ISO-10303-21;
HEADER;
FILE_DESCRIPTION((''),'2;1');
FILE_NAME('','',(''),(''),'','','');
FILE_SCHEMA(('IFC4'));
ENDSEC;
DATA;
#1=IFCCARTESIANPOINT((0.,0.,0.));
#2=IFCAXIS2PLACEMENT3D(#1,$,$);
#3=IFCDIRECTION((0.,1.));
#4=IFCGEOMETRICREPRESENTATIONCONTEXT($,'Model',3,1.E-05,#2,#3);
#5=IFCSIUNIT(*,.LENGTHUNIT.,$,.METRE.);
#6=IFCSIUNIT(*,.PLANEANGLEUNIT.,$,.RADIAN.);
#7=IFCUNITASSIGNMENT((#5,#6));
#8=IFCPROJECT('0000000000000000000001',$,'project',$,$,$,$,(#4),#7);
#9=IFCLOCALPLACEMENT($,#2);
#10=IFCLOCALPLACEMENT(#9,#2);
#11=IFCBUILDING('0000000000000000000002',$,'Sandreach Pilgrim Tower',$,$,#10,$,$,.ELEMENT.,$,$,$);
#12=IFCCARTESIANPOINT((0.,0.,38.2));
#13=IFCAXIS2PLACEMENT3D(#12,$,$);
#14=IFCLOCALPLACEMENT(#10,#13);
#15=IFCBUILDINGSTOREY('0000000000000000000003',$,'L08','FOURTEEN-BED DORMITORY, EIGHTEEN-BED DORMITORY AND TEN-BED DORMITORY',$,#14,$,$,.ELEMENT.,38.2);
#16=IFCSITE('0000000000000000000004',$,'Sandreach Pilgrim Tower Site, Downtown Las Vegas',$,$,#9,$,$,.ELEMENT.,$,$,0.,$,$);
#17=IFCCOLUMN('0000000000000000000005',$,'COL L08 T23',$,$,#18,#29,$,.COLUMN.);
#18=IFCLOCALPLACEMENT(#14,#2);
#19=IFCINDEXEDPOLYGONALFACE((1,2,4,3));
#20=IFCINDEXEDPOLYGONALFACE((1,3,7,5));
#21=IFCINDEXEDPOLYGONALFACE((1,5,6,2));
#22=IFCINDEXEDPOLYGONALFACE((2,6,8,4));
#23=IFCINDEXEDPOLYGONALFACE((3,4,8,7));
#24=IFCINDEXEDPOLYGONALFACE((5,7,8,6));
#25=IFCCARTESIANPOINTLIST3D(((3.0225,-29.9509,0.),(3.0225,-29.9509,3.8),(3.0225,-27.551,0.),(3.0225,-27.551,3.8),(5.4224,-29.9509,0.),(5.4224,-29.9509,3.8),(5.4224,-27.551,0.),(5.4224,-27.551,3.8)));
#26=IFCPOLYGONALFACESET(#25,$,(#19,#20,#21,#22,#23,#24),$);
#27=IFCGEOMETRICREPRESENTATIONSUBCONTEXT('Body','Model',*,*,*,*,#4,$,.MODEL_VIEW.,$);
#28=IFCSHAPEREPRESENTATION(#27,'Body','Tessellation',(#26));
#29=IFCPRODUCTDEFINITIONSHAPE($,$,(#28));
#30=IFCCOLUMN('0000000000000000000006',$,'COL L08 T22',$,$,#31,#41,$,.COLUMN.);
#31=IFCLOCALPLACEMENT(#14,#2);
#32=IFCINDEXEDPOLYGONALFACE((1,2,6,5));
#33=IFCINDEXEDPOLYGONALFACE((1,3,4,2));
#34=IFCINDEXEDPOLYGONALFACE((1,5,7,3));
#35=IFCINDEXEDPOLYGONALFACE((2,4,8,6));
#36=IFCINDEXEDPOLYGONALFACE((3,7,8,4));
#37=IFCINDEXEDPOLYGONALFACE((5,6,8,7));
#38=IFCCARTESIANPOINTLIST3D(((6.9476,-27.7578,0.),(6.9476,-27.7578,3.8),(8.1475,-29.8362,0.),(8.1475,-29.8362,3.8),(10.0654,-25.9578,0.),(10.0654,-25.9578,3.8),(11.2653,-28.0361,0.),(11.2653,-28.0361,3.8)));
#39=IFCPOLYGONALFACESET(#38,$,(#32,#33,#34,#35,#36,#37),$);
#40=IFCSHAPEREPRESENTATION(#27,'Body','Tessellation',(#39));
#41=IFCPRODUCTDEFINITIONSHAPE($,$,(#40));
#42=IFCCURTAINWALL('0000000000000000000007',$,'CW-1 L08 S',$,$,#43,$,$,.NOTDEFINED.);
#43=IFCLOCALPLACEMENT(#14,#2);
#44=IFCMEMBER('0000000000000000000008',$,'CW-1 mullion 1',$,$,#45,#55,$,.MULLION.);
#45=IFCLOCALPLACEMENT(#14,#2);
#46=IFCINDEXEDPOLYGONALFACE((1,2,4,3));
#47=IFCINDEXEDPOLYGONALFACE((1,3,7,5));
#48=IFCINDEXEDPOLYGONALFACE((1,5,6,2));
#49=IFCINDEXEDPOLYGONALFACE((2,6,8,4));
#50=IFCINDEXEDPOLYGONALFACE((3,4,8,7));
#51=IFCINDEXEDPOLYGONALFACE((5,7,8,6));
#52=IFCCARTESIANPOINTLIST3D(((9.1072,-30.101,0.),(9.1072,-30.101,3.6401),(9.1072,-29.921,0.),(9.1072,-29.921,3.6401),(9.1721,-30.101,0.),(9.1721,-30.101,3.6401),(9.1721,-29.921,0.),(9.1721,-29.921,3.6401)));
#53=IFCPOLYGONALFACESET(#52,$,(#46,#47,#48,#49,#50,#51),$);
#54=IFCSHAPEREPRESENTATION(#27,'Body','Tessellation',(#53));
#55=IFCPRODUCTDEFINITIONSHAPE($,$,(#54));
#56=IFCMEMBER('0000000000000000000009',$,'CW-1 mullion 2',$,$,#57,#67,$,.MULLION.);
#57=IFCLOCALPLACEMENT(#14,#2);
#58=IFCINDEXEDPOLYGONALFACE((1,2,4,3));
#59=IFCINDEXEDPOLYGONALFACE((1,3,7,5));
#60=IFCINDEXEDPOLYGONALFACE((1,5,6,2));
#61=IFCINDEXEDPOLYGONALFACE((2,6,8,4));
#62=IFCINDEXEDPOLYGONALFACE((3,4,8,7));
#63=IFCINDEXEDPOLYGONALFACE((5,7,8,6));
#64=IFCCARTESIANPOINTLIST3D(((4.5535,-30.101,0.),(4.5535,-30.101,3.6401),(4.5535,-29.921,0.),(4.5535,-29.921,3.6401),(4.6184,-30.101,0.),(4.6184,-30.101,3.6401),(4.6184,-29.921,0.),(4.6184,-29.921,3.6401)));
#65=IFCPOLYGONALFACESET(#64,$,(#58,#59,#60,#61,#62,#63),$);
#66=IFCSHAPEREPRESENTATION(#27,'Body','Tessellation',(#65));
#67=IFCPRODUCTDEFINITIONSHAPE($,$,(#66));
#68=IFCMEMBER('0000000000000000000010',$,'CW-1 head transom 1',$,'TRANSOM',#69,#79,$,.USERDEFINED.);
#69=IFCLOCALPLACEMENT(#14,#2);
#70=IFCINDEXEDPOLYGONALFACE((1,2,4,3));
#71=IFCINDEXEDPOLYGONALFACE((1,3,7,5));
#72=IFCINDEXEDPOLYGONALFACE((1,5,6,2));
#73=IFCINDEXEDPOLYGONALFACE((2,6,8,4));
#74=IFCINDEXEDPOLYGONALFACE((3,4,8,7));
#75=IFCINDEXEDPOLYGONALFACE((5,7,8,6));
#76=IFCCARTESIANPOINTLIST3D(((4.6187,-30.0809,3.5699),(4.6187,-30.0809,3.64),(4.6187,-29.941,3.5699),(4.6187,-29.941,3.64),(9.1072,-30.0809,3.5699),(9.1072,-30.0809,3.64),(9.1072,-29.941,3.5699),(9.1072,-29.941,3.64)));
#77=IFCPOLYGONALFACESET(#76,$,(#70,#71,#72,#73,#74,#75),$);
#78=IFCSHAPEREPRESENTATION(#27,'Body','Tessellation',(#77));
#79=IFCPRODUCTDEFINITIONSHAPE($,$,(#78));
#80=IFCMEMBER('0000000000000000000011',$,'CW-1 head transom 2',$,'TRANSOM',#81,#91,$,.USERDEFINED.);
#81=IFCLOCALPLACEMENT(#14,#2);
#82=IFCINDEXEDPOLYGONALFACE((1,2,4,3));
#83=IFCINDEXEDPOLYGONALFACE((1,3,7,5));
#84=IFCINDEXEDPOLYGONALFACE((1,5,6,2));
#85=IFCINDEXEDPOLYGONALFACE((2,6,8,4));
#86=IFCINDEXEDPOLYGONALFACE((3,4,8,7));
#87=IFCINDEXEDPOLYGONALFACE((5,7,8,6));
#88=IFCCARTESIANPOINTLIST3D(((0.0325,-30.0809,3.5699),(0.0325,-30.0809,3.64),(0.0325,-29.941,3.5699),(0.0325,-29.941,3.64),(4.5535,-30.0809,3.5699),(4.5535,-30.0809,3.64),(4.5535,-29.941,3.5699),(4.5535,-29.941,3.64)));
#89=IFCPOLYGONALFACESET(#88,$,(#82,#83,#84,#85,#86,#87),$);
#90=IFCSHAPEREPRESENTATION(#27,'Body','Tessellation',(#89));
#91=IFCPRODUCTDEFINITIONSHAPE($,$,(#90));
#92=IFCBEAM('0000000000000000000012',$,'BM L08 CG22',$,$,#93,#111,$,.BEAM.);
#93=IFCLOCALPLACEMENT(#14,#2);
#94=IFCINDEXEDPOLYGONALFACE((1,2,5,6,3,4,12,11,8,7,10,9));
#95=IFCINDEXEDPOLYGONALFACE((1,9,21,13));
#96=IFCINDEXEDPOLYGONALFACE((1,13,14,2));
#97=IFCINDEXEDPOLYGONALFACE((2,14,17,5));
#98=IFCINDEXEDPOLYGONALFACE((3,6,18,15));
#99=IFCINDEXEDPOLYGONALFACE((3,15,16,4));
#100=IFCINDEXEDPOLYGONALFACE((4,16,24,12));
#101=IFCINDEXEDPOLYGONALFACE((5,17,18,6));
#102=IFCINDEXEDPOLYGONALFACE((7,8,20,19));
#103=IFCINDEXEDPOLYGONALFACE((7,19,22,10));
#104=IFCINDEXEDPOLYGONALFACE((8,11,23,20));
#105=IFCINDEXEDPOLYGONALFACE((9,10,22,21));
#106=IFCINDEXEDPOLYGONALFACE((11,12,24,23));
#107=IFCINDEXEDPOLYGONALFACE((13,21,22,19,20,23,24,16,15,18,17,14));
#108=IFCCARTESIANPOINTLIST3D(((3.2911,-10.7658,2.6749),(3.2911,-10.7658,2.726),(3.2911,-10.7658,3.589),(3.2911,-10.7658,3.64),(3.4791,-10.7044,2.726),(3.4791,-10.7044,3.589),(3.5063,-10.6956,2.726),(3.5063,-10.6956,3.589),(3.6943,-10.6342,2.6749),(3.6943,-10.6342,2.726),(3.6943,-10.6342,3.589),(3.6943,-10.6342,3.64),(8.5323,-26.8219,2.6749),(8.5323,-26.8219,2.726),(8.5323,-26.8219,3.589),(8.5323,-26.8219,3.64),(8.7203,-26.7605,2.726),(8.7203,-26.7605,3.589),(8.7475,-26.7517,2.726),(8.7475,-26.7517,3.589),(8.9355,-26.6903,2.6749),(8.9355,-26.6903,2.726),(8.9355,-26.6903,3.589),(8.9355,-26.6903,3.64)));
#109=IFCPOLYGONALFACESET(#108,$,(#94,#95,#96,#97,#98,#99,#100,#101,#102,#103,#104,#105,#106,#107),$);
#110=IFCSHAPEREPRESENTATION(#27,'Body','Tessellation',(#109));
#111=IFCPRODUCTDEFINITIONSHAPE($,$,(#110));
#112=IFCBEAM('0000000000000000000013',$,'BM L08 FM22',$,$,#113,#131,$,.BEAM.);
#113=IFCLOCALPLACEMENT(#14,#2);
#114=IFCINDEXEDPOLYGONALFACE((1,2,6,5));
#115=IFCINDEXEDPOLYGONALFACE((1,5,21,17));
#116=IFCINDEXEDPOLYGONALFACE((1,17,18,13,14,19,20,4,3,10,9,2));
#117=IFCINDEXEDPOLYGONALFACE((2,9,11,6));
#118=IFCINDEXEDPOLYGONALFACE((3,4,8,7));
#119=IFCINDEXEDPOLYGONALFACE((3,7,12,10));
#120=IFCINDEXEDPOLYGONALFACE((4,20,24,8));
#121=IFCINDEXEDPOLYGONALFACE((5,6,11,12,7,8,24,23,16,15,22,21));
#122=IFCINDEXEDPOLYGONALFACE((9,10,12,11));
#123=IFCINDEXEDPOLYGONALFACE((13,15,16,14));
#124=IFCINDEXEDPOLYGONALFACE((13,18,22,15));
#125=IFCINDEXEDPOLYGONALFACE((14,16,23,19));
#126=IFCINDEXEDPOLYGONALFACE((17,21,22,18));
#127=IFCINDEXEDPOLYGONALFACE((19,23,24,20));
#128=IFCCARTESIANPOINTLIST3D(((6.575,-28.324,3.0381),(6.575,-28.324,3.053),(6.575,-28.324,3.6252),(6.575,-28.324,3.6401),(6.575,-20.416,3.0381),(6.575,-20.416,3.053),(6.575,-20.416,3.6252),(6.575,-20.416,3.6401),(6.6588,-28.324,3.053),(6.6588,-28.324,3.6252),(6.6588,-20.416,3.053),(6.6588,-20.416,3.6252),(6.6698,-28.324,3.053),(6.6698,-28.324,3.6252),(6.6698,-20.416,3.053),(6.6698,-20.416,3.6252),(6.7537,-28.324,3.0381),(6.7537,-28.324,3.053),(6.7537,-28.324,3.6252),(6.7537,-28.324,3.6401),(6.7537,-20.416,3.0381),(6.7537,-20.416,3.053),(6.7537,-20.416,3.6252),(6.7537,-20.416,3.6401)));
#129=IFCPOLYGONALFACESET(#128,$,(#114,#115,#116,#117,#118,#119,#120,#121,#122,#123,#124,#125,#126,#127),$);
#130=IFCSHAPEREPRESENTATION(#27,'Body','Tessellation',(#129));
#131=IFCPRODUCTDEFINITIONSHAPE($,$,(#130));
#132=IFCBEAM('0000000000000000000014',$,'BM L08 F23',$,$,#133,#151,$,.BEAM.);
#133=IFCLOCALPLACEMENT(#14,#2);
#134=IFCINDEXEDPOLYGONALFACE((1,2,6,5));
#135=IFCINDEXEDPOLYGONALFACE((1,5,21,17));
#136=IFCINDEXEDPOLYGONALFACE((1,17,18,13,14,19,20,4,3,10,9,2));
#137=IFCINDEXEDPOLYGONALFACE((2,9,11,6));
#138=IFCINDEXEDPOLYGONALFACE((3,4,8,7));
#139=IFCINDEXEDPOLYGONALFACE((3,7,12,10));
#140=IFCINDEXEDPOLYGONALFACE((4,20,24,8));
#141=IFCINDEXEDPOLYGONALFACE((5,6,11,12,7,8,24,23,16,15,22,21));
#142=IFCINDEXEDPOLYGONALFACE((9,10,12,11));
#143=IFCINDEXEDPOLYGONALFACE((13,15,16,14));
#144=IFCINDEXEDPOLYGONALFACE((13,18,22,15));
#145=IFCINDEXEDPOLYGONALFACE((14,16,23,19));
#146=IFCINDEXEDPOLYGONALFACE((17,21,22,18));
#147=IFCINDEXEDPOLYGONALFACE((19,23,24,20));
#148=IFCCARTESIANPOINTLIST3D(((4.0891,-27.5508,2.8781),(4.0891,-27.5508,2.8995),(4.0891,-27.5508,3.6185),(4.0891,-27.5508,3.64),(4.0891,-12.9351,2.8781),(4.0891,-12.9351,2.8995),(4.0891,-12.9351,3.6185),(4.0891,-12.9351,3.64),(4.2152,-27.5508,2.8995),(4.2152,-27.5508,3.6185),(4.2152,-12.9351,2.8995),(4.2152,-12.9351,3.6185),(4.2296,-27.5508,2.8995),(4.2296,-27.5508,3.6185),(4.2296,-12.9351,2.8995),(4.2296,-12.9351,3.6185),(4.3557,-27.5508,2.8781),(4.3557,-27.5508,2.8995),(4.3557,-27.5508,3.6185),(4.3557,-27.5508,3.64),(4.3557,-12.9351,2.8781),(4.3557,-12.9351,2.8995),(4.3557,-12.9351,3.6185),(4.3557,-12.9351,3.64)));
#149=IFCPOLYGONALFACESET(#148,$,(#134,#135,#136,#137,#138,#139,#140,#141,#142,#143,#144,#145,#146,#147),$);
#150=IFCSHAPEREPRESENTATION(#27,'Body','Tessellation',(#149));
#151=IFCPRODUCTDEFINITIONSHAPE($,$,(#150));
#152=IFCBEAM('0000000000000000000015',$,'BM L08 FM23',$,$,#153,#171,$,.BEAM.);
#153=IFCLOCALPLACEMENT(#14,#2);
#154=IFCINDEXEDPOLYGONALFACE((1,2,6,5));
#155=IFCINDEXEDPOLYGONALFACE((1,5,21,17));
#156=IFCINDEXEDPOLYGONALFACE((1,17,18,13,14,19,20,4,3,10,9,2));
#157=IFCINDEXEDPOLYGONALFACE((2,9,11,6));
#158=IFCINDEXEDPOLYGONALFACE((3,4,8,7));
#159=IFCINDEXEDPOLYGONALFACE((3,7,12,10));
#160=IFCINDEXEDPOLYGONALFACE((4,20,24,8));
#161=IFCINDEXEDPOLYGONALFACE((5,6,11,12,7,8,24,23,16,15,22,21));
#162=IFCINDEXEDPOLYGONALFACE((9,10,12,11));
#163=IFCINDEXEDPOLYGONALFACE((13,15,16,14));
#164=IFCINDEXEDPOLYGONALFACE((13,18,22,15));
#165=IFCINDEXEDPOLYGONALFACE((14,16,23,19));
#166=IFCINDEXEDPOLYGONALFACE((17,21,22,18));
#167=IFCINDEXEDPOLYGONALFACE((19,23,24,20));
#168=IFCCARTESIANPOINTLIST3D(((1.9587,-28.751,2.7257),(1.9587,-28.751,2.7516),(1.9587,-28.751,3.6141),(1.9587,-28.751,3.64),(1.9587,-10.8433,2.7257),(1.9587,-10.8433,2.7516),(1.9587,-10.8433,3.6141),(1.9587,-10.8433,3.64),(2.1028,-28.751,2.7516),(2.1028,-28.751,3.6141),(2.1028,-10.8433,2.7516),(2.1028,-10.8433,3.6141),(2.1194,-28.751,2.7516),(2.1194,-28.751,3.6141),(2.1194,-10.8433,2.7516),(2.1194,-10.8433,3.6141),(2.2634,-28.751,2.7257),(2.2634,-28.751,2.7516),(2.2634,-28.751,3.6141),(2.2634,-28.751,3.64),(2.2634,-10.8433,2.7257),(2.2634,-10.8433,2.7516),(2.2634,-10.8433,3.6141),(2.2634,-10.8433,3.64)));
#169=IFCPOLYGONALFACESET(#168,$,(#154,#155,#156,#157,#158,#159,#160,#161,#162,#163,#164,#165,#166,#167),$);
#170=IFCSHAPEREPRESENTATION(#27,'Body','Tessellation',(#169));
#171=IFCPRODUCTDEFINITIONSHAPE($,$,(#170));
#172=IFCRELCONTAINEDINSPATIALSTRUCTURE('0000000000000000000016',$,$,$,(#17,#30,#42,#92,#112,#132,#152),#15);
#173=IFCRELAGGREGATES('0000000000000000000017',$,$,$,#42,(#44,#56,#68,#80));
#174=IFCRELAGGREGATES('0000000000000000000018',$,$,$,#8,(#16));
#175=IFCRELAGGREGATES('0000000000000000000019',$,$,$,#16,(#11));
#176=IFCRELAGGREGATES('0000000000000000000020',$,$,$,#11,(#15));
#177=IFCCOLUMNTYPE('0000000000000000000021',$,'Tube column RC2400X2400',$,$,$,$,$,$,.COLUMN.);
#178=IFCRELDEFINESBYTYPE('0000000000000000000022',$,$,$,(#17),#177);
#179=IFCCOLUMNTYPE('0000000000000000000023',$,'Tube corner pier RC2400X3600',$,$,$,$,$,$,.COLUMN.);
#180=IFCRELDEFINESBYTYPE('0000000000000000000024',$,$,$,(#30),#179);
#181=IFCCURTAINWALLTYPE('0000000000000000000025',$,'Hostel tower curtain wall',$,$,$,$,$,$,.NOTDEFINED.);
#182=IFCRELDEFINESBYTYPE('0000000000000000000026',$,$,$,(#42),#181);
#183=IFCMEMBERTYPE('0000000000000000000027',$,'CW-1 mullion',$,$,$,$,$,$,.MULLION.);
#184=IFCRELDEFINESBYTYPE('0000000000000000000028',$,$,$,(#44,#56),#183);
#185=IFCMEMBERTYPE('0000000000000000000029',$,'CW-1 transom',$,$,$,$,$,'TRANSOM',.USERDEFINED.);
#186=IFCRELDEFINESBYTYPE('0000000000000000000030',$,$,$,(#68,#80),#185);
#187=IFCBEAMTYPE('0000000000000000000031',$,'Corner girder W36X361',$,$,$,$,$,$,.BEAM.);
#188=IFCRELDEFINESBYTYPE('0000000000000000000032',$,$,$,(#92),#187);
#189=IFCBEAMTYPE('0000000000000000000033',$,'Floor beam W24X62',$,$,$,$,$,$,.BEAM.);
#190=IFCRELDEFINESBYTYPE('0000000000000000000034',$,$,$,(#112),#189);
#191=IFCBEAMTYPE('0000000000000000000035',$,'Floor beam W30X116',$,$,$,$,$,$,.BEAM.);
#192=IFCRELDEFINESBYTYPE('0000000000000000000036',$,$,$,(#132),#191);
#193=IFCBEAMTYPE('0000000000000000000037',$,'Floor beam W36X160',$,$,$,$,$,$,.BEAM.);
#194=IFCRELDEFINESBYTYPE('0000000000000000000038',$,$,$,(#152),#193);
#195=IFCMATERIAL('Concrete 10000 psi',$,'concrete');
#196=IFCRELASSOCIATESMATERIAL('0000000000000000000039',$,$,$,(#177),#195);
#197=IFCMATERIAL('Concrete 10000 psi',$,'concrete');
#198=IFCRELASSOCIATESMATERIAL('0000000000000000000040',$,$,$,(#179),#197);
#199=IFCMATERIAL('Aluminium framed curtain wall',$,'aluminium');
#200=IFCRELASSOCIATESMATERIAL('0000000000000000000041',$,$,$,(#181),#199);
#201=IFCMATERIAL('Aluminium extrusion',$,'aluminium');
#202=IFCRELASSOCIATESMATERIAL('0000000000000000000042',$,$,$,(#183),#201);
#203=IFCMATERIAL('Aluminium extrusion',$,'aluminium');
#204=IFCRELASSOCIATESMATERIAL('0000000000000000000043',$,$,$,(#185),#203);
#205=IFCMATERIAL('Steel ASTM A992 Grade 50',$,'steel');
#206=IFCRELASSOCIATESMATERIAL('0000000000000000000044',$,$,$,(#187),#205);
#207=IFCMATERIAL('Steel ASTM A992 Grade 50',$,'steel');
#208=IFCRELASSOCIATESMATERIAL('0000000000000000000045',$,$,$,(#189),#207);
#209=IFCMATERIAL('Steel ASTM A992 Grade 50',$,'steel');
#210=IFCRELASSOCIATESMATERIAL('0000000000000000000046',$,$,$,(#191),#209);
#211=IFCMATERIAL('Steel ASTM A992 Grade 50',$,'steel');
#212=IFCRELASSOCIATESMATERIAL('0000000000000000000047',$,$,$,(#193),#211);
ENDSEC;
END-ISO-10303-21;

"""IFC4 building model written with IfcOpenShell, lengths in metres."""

from ifc_helpers import new_model, si_unit, direction, frame, origin, origin_2d, place, context, subcontext, project, spatial, rectangle, i_section, extrude, material, material_profile, profile_set, type_object, element, aggregate, save


model = new_model("IFC4")

# Units and contexts
model_context = context("Model", 3, precision=1e-05, world=origin(), true_north=direction((0.0, 1.0)))
body_context = subcontext(model_context, "Body", "Model", "MODEL_VIEW")
ifc_project = project(units=[si_unit("LENGTHUNIT", "METRE"), si_unit("PLANEANGLEUNIT", "RADIAN")], contexts=[model_context])

# Site, building, storey
site_placement = place(None, origin())
site = spatial("IfcSite", under=ifc_project, at=site_placement, Name="Sandreach Pilgrim Tower Site, Downtown Las Vegas", CompositionType="ELEMENT", RefElevation=0.0)
building_placement = place(site_placement, origin())
building = spatial("IfcBuilding", under=site, at=building_placement, Name="Sandreach Pilgrim Tower", CompositionType="ELEMENT")
storey_placement = place(building_placement, frame((0.0, 0.0, 38.2)))
storey = spatial("IfcBuildingStorey", under=building, at=storey_placement, Name="L08", Description="FOURTEEN-BED DORMITORY, EIGHTEEN-BED DORMITORY AND TEN-BED DORMITORY", CompositionType="ELEMENT", Elevation=38.2)

# Columns
ifc_material_1 = material(Name="Concrete 10000 psi", Category="concrete")
ifc_material_profile_1 = material_profile(ifc_material_1, rectangle(XDim=2.3999, YDim=2.3999, at=origin_2d()), Name="RC2400X2400")
ifc_profile_set_1 = profile_set([ifc_material_profile_1], Name="Concrete 10000 psi")
column_type_1 = type_object("IfcColumnType", Name="Tube column RC2400X2400", PredefinedType="COLUMN", material=ifc_profile_set_1)
column_1_placement = place(storey_placement, frame((4.2224, -28.751, 0.0), z_axis=(0.0, 0.0, 1.0), x_axis=(0.0, -1.0, 0.0)))
element("IfcColumn", 1, at=column_1_placement, inside=storey, type_object=column_type_1, Name="COL L08 T23", PredefinedType="COLUMN", context=body_context, shape_type="SweptSolid", body=[
    extrude(rectangle(XDim=2.3999, YDim=2.3999, at=origin_2d()), origin(), (0.0, 0.0, 1.0), 3.8),
])
ifc_material_2 = material(Name="Concrete 10000 psi", Category="concrete")
ifc_material_profile_2 = material_profile(ifc_material_2, rectangle(XDim=2.3999, YDim=3.6001, at=origin_2d()), Name="RC2400X3600")
ifc_profile_set_2 = profile_set([ifc_material_profile_2], Name="Concrete 10000 psi")
column_type_2 = type_object("IfcColumnType", Name="Tube corner pier RC2400X3600", PredefinedType="COLUMN", material=ifc_profile_set_2)
column_2_placement = place(storey_placement, frame((9.1064, -27.897, 0.0), z_axis=(0.0, 0.0, 1.0), x_axis=(0.5, -0.866025, 0.0)))
element("IfcColumn", 2, at=column_2_placement, inside=storey, type_object=column_type_2, Name="COL L08 T22", PredefinedType="COLUMN", context=body_context, shape_type="SweptSolid", body=[
    extrude(rectangle(XDim=2.3999, YDim=3.6001, at=origin_2d()), origin(), (0.0, 0.0, 1.0), 3.8),
])

# Curtain wall, members
ifc_material_3 = material(Name="Aluminium framed curtain wall", Category="aluminium")
curtain_wall_type = type_object("IfcCurtainWallType", Name="Hostel tower curtain wall", PredefinedType="NOTDEFINED", material=ifc_material_3)
curtain_wall_placement = place(storey_placement, origin())
curtain_wall = element("IfcCurtainWall", 3, at=curtain_wall_placement, inside=storey, type_object=curtain_wall_type, Name="CW-1 L08 S", PredefinedType="NOTDEFINED")
ifc_material_4 = material(Name="Aluminium extrusion", Category="aluminium")
ifc_material_profile_3 = material_profile(ifc_material_4, rectangle(XDim=0.0649, YDim=0.1799, at=origin_2d()), Name="CW-1M 65X180")
ifc_profile_set_3 = profile_set([ifc_material_profile_3], Name="Aluminium extrusion")
member_type_1 = type_object("IfcMemberType", Name="CW-1 mullion", PredefinedType="MULLION", material=ifc_profile_set_3)
member_1_placement = place(storey_placement, frame((9.1396, -30.011, 0.0), z_axis=(0.0, 0.0, 1.0), x_axis=(-1.0, 0.0, 0.0)))
member_1 = element("IfcMember", 4, at=member_1_placement, type_object=member_type_1, Name="CW-1 mullion 1", PredefinedType="MULLION", context=body_context, shape_type="SweptSolid", body=[
    extrude(rectangle(XDim=0.0649, YDim=0.1799, at=origin_2d()), origin(), (0.0, 0.0, 1.0), 3.6401),
])
member_2_placement = place(storey_placement, frame((4.5859, -30.011, 0.0), z_axis=(0.0, 0.0, 1.0), x_axis=(-1.0, 0.0, 0.0)))
member_2 = element("IfcMember", 5, at=member_2_placement, type_object=member_type_1, Name="CW-1 mullion 2", PredefinedType="MULLION", context=body_context, shape_type="SweptSolid", body=[
    extrude(rectangle(XDim=0.0649, YDim=0.1799, at=origin_2d()), origin(), (0.0, 0.0, 1.0), 3.6401),
])
ifc_material_5 = material(Name="Aluminium extrusion", Category="aluminium")
ifc_material_profile_4 = material_profile(ifc_material_5, rectangle(XDim=0.1399, YDim=0.0701, at=origin_2d()), Name="CW-1T 140X70")
ifc_profile_set_4 = profile_set([ifc_material_profile_4], Name="Aluminium extrusion")
member_type_2 = type_object("IfcMemberType", Name="CW-1 transom", ElementType="TRANSOM", PredefinedType="USERDEFINED", material=ifc_profile_set_4)
member_3_placement = place(storey_placement, frame((9.1072, -30.011, 3.605), z_axis=(-1.0, 0.0, 0.0), x_axis=(0.0, -1.0, 0.0)))
member_3 = element("IfcMember", 6, at=member_3_placement, type_object=member_type_2, Name="CW-1 head transom 1", ObjectType="TRANSOM", PredefinedType="USERDEFINED", context=body_context, shape_type="SweptSolid", body=[
    extrude(rectangle(XDim=0.1399, YDim=0.0701, at=origin_2d()), origin(), (0.0, 0.0, 1.0), 4.4885),
])
member_4_placement = place(storey_placement, frame((4.5535, -30.011, 3.605), z_axis=(-1.0, 0.0, 0.0), x_axis=(0.0, -1.0, 0.0)))
member_4 = element("IfcMember", 7, at=member_4_placement, type_object=member_type_2, Name="CW-1 head transom 2", ObjectType="TRANSOM", PredefinedType="USERDEFINED", context=body_context, shape_type="SweptSolid", body=[
    extrude(rectangle(XDim=0.1399, YDim=0.0701, at=origin_2d()), origin(), (0.0, 0.0, 1.0), 4.521),
])

# Beams
ifc_material_6 = material(Name="Steel ASTM A992 Grade 50", Category="steel")
ifc_material_profile_5 = material_profile(ifc_material_6, i_section(OverallWidth=0.4241, OverallDepth=0.9651, WebThickness=0.0286, FlangeThickness=0.051, at=origin_2d()), Name="W36X361")
ifc_profile_set_5 = profile_set([ifc_material_profile_5], Name="Steel ASTM A992 Grade 50")
beam_type_1 = type_object("IfcBeamType", Name="Corner girder W36X361", PredefinedType="BEAM", material=ifc_profile_set_5)
beam_1_placement = place(storey_placement, frame((8.7339, -26.7561, 3.1575), z_axis=(-0.310315, 0.950634, 0.0), x_axis=(-0.950634, -0.310315, 0.0)))
element("IfcBeam", 8, at=beam_1_placement, inside=storey, type_object=beam_type_1, Name="BM L08 CG22", PredefinedType="BEAM", context=body_context, shape_type="SweptSolid", body=[
    extrude(i_section(OverallWidth=0.4241, OverallDepth=0.9651, WebThickness=0.0286, FlangeThickness=0.051, at=origin_2d()), origin(), (0.0, 0.0, 1.0), 16.8899),
])
ifc_material_7 = material(Name="Steel ASTM A992 Grade 50", Category="steel")
ifc_material_profile_6 = material_profile(ifc_material_7, i_section(OverallWidth=0.1787, OverallDepth=0.6021, WebThickness=0.011, FlangeThickness=0.0149, at=origin_2d()), Name="W24X62")
ifc_profile_set_6 = profile_set([ifc_material_profile_6], Name="Steel ASTM A992 Grade 50")
beam_type_2 = type_object("IfcBeamType", Name="Floor beam W24X62", PredefinedType="BEAM", material=ifc_profile_set_6)
beam_2_placement = place(storey_placement, frame((6.6643, -28.324, 3.3391), z_axis=(0.0, 1.0, 0.0), x_axis=(-1.0, 0.0, 0.0)))
element("IfcBeam", 9, at=beam_2_placement, inside=storey, type_object=beam_type_2, Name="BM L08 FM22", PredefinedType="BEAM", context=body_context, shape_type="SweptSolid", body=[
    extrude(i_section(OverallWidth=0.1787, OverallDepth=0.6021, WebThickness=0.011, FlangeThickness=0.0149, at=origin_2d()), origin(), (0.0, 0.0, 1.0), 7.908),
])
ifc_material_8 = material(Name="Steel ASTM A992 Grade 50", Category="steel")
ifc_material_profile_7 = material_profile(ifc_material_8, i_section(OverallWidth=0.2666, OverallDepth=0.762, WebThickness=0.0144, FlangeThickness=0.0215, at=origin_2d()), Name="W30X116")
ifc_profile_set_7 = profile_set([ifc_material_profile_7], Name="Steel ASTM A992 Grade 50")
beam_type_3 = type_object("IfcBeamType", Name="Floor beam W30X116", PredefinedType="BEAM", material=ifc_profile_set_7)
beam_3_placement = place(storey_placement, frame((4.2224, -27.5508, 3.259), z_axis=(0.0, 1.0, 0.0), x_axis=(-1.0, 0.0, 0.0)))
element("IfcBeam", 10, at=beam_3_placement, inside=storey, type_object=beam_type_3, Name="BM L08 F23", PredefinedType="BEAM", context=body_context, shape_type="SweptSolid", body=[
    extrude(i_section(OverallWidth=0.2666, OverallDepth=0.762, WebThickness=0.0144, FlangeThickness=0.0215, at=origin_2d()), origin(), (0.0, 0.0, 1.0), 14.6157),
])
ifc_material_9 = material(Name="Steel ASTM A992 Grade 50", Category="steel")
ifc_material_profile_8 = material_profile(ifc_material_9, i_section(OverallWidth=0.3047, OverallDepth=0.9143, WebThickness=0.0166, FlangeThickness=0.0259, at=origin_2d()), Name="W36X160")
ifc_profile_set_8 = profile_set([ifc_material_profile_8], Name="Steel ASTM A992 Grade 50")
beam_type_4 = type_object("IfcBeamType", Name="Floor beam W36X160", PredefinedType="BEAM", material=ifc_profile_set_8)
beam_4_placement = place(storey_placement, frame((2.1111, -28.751, 3.1829), z_axis=(0.0, 1.0, 0.0), x_axis=(-1.0, 0.0, 0.0)))
element("IfcBeam", 11, at=beam_4_placement, inside=storey, type_object=beam_type_4, Name="BM L08 FM23", PredefinedType="BEAM", context=body_context, shape_type="SweptSolid", body=[
    extrude(i_section(OverallWidth=0.3047, OverallDepth=0.9143, WebThickness=0.0166, FlangeThickness=0.0259, at=origin_2d()), origin(), (0.0, 0.0, 1.0), 17.9077),
])

aggregate(curtain_wall, [member_1, member_2, member_3, member_4])

save(model, "model.ifc")
